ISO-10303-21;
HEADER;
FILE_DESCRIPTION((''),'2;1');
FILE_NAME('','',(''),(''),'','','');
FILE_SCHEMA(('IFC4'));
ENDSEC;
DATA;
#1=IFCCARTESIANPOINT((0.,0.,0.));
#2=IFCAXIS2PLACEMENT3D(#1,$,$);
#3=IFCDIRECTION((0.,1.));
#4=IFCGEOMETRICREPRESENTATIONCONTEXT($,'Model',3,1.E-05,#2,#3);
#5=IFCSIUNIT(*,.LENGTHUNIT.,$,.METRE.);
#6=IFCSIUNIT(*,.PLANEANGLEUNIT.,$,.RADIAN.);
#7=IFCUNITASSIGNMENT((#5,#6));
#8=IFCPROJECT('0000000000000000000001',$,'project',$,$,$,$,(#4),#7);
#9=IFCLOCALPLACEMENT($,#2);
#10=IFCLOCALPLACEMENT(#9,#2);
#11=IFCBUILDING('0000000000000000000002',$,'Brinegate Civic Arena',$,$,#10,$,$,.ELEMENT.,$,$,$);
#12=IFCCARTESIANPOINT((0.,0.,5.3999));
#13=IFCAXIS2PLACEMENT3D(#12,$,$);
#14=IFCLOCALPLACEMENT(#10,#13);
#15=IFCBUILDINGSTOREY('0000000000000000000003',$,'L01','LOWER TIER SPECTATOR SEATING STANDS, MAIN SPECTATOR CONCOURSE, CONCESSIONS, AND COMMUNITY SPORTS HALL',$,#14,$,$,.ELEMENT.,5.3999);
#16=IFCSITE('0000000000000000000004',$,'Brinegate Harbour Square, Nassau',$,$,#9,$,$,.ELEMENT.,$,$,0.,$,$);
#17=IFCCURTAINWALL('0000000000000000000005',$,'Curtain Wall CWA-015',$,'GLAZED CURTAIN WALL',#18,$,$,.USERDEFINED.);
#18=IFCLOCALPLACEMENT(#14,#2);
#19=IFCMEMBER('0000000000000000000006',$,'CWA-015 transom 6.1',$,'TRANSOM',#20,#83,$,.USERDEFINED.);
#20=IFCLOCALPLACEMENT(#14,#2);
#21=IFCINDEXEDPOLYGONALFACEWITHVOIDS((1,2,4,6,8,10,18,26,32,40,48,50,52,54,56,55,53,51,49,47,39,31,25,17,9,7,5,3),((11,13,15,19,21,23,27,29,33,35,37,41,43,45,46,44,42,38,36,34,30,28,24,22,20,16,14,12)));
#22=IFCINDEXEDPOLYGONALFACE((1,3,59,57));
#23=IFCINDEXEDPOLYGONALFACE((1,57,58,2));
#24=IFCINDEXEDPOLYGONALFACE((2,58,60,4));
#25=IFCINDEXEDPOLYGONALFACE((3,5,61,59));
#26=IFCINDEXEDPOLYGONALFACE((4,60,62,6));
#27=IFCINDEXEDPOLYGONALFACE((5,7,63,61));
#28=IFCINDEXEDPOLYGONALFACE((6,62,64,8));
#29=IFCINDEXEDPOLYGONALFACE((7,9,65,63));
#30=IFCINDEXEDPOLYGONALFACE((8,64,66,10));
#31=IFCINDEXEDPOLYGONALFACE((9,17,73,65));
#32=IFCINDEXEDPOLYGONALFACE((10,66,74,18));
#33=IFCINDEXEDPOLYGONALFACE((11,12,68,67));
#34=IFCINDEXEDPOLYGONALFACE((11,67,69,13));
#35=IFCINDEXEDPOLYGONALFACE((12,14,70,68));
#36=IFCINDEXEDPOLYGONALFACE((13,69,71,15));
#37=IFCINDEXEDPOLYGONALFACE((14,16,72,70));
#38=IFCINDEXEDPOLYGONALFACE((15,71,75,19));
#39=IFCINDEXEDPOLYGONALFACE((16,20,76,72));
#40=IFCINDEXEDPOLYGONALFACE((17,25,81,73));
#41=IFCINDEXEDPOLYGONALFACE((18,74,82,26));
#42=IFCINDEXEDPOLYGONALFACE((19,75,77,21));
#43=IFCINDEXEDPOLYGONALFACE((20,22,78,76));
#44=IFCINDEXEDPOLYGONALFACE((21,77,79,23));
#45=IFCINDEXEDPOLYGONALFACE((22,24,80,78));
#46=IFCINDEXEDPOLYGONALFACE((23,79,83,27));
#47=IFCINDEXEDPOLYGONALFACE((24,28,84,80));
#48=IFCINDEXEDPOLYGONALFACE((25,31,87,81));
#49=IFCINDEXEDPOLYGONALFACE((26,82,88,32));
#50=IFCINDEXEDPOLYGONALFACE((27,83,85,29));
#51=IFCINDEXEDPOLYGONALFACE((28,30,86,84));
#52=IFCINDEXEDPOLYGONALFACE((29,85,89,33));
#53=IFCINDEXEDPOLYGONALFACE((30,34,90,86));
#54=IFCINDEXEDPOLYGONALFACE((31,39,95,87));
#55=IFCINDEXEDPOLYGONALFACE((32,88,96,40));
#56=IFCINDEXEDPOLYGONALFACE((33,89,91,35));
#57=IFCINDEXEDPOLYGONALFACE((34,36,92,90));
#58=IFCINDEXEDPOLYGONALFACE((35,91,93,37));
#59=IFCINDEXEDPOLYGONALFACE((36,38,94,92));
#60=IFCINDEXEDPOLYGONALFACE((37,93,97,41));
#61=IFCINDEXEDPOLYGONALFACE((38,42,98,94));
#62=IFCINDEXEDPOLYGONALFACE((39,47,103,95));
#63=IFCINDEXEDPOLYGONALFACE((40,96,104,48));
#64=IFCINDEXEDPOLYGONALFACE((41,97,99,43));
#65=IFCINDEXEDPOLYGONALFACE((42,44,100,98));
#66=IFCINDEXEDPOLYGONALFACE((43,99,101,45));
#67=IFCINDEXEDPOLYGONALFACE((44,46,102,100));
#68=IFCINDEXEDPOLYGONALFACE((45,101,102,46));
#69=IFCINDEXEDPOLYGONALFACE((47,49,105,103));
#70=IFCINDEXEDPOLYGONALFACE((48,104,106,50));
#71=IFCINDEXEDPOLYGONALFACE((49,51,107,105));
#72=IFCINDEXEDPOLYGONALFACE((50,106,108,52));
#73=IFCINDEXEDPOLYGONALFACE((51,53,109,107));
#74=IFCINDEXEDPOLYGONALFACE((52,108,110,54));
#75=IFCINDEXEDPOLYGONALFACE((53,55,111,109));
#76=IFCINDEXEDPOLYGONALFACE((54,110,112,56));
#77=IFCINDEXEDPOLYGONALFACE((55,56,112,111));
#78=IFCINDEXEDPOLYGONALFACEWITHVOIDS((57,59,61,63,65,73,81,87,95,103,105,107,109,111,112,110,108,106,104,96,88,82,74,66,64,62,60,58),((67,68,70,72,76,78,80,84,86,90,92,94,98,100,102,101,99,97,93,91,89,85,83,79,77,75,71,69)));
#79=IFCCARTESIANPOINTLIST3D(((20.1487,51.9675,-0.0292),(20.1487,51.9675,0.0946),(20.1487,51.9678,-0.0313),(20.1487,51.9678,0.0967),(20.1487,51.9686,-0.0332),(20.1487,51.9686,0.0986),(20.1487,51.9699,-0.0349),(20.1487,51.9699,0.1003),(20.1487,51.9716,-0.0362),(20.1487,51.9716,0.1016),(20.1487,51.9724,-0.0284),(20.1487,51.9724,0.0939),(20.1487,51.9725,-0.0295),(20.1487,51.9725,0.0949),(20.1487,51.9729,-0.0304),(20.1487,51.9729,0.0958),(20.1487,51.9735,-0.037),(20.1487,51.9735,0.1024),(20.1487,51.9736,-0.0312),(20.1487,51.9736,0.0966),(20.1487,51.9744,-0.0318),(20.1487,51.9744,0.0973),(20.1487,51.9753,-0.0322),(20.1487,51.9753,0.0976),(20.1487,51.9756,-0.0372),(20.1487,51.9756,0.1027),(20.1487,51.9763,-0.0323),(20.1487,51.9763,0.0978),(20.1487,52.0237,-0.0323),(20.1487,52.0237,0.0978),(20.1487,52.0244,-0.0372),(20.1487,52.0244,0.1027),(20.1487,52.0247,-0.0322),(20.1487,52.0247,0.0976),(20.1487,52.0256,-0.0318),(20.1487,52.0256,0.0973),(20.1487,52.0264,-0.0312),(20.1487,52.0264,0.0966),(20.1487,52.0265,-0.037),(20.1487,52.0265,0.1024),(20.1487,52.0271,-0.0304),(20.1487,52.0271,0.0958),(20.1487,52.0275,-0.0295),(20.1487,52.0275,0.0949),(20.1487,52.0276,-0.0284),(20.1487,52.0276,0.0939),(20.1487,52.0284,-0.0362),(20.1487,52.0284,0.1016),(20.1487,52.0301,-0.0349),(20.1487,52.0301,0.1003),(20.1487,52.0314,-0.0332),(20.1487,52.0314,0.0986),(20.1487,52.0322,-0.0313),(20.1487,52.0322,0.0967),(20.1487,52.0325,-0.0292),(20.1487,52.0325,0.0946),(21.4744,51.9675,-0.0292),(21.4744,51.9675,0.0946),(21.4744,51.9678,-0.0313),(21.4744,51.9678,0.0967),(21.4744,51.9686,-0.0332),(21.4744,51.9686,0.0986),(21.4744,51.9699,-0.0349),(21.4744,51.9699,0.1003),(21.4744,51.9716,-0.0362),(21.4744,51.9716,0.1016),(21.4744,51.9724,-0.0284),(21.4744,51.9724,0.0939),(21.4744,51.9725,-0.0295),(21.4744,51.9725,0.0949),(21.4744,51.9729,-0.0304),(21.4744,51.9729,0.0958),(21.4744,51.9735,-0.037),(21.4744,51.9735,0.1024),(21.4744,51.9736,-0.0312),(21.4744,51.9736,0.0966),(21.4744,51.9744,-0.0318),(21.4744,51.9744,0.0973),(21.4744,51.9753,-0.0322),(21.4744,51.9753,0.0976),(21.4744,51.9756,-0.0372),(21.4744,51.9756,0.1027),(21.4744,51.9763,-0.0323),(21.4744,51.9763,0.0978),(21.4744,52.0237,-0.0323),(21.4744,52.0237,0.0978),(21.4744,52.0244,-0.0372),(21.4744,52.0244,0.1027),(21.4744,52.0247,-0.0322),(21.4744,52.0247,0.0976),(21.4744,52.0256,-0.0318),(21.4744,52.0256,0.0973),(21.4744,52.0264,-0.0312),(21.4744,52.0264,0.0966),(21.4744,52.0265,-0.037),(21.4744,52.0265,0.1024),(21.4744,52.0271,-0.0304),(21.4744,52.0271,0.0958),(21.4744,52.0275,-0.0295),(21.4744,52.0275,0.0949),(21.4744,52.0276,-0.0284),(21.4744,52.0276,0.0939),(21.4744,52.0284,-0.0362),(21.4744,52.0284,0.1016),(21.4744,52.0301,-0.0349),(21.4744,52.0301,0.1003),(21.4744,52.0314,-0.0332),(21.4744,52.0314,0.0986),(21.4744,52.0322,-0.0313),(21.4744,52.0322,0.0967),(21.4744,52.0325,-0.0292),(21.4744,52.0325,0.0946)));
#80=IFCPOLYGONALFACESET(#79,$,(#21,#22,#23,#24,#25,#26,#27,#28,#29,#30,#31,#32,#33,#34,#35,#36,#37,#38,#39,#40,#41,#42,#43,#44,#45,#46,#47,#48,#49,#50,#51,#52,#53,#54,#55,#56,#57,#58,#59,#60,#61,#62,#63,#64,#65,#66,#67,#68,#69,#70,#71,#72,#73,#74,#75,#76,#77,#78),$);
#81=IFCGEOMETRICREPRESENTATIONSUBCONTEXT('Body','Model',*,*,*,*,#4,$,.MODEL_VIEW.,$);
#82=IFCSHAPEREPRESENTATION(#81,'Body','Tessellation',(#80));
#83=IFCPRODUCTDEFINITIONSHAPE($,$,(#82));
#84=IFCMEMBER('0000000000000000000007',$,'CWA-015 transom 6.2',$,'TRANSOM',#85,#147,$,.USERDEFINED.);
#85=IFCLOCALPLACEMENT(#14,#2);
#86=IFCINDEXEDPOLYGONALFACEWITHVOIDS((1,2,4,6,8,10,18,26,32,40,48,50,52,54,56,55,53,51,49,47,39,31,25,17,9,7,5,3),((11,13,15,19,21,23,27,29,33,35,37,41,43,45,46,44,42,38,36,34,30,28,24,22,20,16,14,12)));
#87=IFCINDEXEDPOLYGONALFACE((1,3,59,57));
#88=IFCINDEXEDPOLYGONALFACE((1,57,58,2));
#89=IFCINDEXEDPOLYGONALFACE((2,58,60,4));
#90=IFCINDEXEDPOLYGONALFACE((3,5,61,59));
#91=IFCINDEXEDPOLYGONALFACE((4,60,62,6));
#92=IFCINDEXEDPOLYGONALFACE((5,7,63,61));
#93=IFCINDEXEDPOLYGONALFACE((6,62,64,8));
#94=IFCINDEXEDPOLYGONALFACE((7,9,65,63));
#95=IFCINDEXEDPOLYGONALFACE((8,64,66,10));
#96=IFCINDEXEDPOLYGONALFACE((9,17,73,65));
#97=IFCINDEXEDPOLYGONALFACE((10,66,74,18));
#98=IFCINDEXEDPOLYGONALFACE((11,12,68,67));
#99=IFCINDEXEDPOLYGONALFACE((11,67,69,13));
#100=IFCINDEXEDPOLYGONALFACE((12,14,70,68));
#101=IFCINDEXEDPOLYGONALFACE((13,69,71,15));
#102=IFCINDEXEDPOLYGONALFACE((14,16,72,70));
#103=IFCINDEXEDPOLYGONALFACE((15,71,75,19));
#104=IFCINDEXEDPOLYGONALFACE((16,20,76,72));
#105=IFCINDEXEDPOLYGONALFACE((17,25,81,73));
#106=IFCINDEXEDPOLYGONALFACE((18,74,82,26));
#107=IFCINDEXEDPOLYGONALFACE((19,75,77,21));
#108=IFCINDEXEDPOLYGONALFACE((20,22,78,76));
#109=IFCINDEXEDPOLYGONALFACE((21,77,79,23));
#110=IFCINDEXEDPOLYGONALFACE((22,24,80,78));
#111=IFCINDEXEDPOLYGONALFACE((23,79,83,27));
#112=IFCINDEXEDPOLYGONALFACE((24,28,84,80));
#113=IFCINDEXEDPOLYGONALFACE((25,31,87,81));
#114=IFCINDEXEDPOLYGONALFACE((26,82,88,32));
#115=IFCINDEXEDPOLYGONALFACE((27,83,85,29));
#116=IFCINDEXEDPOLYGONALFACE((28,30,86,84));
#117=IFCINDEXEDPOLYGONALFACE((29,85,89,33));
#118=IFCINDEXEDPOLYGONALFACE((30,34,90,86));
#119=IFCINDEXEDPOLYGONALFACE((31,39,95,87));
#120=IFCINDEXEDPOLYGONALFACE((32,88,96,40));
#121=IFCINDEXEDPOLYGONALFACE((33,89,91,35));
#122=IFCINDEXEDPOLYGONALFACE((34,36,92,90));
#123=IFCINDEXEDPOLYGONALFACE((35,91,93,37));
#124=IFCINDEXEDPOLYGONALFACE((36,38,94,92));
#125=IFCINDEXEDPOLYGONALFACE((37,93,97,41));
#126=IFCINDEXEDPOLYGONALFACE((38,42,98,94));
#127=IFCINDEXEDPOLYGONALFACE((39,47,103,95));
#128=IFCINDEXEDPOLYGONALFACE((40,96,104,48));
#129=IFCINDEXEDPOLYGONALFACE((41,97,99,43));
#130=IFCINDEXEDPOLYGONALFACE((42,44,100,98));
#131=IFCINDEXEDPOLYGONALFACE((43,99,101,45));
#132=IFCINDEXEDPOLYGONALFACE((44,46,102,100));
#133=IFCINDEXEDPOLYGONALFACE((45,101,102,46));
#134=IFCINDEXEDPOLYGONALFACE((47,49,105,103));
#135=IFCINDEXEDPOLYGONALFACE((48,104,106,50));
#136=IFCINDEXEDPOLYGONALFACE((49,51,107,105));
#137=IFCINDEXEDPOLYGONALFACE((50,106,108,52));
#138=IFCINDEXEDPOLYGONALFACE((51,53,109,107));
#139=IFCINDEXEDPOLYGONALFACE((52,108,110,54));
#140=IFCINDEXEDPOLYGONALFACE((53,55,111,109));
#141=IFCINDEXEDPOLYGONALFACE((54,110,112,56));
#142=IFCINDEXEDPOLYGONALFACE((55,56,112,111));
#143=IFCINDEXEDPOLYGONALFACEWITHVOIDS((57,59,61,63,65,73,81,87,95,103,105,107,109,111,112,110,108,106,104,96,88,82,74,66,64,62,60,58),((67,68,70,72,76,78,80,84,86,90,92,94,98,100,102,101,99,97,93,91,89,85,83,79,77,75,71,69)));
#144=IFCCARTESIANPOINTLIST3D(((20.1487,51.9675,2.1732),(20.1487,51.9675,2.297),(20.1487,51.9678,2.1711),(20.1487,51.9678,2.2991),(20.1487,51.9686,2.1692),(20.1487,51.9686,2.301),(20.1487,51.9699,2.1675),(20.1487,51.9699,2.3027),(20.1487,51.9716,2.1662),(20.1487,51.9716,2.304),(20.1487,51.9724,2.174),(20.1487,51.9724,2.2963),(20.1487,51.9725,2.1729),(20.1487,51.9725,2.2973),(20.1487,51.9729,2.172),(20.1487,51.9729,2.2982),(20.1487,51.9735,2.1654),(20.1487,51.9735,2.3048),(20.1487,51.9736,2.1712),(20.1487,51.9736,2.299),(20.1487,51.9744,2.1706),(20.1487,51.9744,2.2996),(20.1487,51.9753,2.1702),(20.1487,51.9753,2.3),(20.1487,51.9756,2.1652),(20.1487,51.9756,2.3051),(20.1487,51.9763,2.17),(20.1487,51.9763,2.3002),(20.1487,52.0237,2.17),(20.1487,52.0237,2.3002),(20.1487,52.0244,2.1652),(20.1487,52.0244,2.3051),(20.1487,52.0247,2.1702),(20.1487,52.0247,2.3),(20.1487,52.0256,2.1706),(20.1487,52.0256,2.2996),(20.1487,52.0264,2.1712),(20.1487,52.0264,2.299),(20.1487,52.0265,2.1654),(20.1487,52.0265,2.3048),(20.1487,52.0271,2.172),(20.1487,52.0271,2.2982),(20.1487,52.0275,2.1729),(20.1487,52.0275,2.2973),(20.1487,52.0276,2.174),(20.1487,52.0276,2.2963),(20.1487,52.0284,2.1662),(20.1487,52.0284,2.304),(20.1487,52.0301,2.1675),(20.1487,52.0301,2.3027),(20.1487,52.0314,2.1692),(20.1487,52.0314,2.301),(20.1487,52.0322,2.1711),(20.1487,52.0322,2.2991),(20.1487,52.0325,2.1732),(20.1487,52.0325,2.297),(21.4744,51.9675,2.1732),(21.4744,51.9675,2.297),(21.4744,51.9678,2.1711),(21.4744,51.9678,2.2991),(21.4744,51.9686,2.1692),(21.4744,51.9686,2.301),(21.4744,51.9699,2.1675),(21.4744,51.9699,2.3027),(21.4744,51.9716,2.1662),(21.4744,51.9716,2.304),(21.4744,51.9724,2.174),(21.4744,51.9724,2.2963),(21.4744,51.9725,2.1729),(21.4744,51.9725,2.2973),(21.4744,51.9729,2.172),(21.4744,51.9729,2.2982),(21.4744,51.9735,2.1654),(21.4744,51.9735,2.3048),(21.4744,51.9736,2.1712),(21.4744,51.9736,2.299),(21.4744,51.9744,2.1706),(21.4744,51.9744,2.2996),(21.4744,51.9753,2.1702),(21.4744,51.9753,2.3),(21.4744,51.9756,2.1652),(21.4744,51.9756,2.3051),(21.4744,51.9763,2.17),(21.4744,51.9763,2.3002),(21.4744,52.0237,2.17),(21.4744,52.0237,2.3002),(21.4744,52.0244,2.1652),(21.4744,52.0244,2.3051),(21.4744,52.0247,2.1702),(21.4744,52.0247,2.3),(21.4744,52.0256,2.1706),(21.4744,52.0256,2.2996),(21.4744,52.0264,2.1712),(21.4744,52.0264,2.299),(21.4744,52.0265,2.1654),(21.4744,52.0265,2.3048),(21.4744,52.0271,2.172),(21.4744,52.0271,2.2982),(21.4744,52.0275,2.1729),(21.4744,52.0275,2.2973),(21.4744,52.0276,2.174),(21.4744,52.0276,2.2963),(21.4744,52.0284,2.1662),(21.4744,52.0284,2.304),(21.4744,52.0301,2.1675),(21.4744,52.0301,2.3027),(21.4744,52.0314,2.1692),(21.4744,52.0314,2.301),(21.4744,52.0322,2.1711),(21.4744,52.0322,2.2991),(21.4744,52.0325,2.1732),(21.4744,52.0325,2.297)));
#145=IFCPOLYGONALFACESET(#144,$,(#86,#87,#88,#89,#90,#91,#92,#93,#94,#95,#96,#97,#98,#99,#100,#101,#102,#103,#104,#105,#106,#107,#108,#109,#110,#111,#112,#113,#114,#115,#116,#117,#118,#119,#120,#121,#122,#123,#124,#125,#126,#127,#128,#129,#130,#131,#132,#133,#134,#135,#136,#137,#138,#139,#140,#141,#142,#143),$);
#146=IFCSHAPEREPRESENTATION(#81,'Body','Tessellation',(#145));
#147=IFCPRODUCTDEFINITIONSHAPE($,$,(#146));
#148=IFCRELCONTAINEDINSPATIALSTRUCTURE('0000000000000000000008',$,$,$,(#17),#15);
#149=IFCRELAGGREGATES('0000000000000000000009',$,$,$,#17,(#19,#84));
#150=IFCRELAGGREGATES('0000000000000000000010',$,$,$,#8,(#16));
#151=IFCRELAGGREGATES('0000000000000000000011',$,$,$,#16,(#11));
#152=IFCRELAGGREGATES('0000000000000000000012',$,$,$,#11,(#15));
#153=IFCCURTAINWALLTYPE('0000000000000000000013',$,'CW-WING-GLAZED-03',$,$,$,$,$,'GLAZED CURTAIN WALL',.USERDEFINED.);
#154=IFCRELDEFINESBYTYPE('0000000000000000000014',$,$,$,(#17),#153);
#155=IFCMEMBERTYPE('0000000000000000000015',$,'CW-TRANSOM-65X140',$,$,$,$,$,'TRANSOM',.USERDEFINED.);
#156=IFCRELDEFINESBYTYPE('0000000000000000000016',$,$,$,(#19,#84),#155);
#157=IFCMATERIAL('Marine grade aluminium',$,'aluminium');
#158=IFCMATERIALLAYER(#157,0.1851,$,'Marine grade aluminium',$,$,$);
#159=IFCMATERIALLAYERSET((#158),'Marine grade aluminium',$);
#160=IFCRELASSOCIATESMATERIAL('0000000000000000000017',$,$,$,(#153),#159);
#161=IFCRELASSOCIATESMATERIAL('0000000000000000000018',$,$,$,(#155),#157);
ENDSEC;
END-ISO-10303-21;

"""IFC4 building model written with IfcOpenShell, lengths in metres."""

from ifc_helpers import new_model, si_unit, direction, frame, origin, origin_2d, place, context, subcontext, project, spatial, hollow_rectangle, extrude, material, layer, layer_set, material_profile, profile_set, type_object, element, aggregate, save


model = new_model("IFC4")

# Units and contexts
model_context = context("Model", 3, precision=1e-05, world=origin(), true_north=direction((0.0, 1.0)))
body_context = subcontext(model_context, "Body", "Model", "MODEL_VIEW")
ifc_project = project(units=[si_unit("LENGTHUNIT", "METRE"), si_unit("PLANEANGLEUNIT", "RADIAN")], contexts=[model_context])

# Site, building, storey
site_placement = place(None, origin())
site = spatial("IfcSite", under=ifc_project, at=site_placement, Name="Brinegate Harbour Square, Nassau", CompositionType="ELEMENT", RefElevation=0.0)
building_placement = place(site_placement, origin())
building = spatial("IfcBuilding", under=site, at=building_placement, Name="Brinegate Civic Arena", CompositionType="ELEMENT")
storey_placement = place(building_placement, frame((0.0, 0.0, 5.3999)))
storey = spatial("IfcBuildingStorey", under=building, at=storey_placement, Name="L01", Description="LOWER TIER SPECTATOR SEATING STANDS, MAIN SPECTATOR CONCOURSE, CONCESSIONS, AND COMMUNITY SPORTS HALL", CompositionType="ELEMENT", Elevation=5.3999)

# Curtain wall, members
ifc_material_1 = material(Name="Marine grade aluminium", Category="aluminium")
ifc_layer_1 = layer(ifc_material_1, 0.1851, Name="Marine grade aluminium")
ifc_layer_set_1 = layer_set([ifc_layer_1], Name="Marine grade aluminium")
curtain_wall_type = type_object("IfcCurtainWallType", Name="CW-WING-GLAZED-03", ElementType="GLAZED CURTAIN WALL", PredefinedType="USERDEFINED", material=ifc_layer_set_1)
curtain_wall_placement = place(storey_placement, origin())
curtain_wall = element("IfcCurtainWall", 1, at=curtain_wall_placement, inside=storey, type_object=curtain_wall_type, Name="Curtain Wall CWA-015", ObjectType="GLAZED CURTAIN WALL", PredefinedType="USERDEFINED")
ifc_material_profile_1 = material_profile(ifc_material_1, hollow_rectangle(XDim=0.0649, YDim=0.1399, WallThickness=0.0049, InnerFilletRadius=0.0039, OuterFilletRadius=0.0081, at=origin_2d()), Name="TRN65X140")
ifc_profile_set_1 = profile_set([ifc_material_profile_1], Name="Marine grade aluminium")
member_type_1 = type_object("IfcMemberType", Name="CW-TRANSOM-65X140", ElementType="TRANSOM", PredefinedType="USERDEFINED", material=ifc_profile_set_1)
member_1_placement = place(storey_placement, frame((20.1487, 52.0, 0.0327), z_axis=(1.0, 0.0, 0.0), x_axis=(0.0, 1.0, 0.0)))
member_1 = element("IfcMember", 2, at=member_1_placement, type_object=member_type_1, Name="CWA-015 transom 6.1", ObjectType="TRANSOM", PredefinedType="USERDEFINED", context=body_context, shape_type="SweptSolid", body=[
    extrude(hollow_rectangle(XDim=0.0649, YDim=0.1399, WallThickness=0.0049, InnerFilletRadius=0.0039, OuterFilletRadius=0.0081, at=origin_2d()), origin(), (0.0, 0.0, 1.0), 1.3257),
])
member_2_placement = place(storey_placement, frame((20.1487, 52.0, 2.2351), z_axis=(1.0, 0.0, 0.0), x_axis=(0.0, 1.0, 0.0)))
member_2 = element("IfcMember", 3, at=member_2_placement, type_object=member_type_1, Name="CWA-015 transom 6.2", ObjectType="TRANSOM", PredefinedType="USERDEFINED", context=body_context, shape_type="SweptSolid", body=[
    extrude(hollow_rectangle(XDim=0.0649, YDim=0.1399, WallThickness=0.0049, InnerFilletRadius=0.0039, OuterFilletRadius=0.0081, at=origin_2d()), origin(), (0.0, 0.0, 1.0), 1.3257),
])
aggregate(curtain_wall, [member_1, member_2])

save(model, "model.ifc")
